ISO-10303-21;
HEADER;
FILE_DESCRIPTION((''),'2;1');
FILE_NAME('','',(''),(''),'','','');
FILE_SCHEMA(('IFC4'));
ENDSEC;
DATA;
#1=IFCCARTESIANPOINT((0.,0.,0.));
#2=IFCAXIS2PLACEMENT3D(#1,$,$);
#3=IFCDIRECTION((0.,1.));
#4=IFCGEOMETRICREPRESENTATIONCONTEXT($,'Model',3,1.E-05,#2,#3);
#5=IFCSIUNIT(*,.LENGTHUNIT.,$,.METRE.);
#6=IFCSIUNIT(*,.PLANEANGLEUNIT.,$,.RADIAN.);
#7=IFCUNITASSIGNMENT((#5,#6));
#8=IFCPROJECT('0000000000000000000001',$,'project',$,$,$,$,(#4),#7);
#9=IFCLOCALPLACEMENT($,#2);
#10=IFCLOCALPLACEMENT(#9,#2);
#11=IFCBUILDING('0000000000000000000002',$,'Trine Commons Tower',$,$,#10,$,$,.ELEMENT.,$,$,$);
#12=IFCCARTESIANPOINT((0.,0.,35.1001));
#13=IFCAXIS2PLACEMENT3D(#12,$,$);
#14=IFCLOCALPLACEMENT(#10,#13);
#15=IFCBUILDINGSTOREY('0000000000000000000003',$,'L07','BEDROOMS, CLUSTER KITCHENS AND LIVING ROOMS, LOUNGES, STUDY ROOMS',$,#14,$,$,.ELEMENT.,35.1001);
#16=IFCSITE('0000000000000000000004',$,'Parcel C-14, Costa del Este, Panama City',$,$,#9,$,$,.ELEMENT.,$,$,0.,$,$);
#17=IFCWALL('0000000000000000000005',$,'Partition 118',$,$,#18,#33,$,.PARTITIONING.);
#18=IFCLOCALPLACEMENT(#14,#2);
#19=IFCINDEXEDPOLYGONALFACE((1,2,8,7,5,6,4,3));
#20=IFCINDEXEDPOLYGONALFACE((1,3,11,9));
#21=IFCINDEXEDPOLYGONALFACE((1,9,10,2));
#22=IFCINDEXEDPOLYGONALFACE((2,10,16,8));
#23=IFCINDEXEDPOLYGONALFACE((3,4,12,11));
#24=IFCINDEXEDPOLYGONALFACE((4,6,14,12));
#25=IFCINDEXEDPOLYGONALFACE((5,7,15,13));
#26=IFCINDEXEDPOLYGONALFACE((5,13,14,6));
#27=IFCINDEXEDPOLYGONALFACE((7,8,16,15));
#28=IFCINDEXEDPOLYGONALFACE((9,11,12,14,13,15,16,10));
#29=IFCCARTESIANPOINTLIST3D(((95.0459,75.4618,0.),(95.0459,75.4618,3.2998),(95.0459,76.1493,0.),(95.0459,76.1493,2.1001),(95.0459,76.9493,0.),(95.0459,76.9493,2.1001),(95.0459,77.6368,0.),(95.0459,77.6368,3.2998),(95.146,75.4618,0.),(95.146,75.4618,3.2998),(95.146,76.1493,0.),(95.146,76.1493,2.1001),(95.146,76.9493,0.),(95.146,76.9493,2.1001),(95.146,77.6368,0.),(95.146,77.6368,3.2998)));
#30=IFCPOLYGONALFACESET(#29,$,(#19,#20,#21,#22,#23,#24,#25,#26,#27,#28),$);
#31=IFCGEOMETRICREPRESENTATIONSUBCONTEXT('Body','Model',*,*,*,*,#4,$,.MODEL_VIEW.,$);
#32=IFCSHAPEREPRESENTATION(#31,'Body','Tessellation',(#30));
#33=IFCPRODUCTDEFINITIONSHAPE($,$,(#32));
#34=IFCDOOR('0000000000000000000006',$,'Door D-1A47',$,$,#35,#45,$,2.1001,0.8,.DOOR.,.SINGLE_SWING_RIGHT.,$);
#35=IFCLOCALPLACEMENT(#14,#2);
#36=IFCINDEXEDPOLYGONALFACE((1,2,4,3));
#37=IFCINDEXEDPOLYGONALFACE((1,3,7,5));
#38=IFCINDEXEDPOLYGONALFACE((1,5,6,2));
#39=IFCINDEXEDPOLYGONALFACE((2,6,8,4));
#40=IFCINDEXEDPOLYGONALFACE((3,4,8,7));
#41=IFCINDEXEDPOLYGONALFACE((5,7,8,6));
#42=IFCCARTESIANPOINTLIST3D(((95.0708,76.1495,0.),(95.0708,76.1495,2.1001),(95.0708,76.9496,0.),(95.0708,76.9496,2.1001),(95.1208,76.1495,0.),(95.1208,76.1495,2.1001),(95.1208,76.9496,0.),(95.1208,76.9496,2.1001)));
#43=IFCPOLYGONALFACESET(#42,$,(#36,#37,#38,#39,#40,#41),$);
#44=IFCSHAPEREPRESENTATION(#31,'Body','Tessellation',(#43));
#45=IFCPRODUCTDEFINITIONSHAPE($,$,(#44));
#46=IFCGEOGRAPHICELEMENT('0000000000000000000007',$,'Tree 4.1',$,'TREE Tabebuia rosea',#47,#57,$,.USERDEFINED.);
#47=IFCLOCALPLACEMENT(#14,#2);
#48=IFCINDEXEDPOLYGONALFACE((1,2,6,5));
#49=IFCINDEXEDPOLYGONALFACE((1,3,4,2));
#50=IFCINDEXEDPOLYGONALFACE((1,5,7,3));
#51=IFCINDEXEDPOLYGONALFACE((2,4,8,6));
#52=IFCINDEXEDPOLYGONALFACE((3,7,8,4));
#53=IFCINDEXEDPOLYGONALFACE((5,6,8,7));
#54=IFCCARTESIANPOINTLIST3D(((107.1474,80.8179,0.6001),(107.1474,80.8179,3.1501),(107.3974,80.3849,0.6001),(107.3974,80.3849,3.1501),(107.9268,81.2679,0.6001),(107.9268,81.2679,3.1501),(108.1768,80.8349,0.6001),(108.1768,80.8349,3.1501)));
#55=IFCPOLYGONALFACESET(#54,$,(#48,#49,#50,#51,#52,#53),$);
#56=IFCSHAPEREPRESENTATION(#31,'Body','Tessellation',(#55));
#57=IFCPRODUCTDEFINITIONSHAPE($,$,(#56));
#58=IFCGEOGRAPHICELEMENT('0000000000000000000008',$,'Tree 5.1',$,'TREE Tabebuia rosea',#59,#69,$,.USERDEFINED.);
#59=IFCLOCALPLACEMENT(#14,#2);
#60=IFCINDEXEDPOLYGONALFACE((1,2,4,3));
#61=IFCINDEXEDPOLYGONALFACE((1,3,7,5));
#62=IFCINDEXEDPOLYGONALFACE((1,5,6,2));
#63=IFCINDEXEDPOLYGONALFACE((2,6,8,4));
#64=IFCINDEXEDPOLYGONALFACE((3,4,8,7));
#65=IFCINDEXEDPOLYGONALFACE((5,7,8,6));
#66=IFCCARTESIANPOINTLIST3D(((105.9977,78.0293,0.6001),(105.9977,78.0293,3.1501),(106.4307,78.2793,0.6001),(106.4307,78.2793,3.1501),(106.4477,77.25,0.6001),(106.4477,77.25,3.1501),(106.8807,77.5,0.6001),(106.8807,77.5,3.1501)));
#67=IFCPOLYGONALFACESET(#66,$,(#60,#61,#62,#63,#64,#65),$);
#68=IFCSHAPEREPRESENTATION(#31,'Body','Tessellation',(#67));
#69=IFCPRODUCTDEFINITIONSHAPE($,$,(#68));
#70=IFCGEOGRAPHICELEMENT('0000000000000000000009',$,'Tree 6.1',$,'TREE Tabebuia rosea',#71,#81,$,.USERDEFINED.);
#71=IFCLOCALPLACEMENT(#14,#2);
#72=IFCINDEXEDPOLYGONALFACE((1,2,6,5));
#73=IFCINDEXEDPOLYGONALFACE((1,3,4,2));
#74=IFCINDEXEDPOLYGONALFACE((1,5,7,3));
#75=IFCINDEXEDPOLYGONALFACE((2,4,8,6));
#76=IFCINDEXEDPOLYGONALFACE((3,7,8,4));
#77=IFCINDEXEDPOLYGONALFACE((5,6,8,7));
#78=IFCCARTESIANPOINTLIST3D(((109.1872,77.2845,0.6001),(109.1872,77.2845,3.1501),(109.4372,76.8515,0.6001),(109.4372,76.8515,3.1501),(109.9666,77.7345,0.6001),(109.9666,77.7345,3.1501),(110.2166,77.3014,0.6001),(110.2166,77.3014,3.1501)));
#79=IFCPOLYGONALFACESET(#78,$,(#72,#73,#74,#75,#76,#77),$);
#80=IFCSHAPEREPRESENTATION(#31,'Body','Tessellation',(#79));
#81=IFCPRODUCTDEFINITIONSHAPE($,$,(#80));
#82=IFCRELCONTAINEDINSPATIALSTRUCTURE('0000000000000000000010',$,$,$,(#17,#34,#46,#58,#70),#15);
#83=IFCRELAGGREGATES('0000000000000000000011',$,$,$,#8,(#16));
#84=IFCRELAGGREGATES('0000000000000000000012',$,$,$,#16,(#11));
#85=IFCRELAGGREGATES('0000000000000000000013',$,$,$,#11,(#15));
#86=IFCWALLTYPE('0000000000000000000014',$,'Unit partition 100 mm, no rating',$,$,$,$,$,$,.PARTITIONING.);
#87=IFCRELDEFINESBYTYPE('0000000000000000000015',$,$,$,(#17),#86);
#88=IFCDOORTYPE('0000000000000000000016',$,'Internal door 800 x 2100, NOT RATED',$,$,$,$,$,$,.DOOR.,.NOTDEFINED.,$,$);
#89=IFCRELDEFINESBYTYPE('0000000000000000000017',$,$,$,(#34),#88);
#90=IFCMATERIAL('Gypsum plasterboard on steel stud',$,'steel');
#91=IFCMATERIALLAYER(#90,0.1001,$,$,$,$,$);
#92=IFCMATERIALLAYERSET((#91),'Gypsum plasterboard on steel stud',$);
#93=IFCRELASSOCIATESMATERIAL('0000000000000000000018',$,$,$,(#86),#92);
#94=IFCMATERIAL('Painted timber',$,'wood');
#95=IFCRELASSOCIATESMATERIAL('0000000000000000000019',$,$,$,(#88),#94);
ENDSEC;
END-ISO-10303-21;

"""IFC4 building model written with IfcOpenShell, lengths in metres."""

from ifc_helpers import new_model, si_unit, direction, frame, frame_2d, origin, origin_2d, place, context, subcontext, project, spatial, rectangle, extrude, material, layer, layer_set, type_object, element, fill, save


model = new_model("IFC4")

# Units and contexts
model_context = context("Model", 3, precision=1e-05, world=origin(), true_north=direction((0.0, 1.0)))
body_context = subcontext(model_context, "Body", "Model", "MODEL_VIEW")
ifc_project = project(units=[si_unit("LENGTHUNIT", "METRE"), si_unit("PLANEANGLEUNIT", "RADIAN")], contexts=[model_context])

# Site, building, storey
site_placement = place(None, origin())
site = spatial("IfcSite", under=ifc_project, at=site_placement, Name="Parcel C-14, Costa del Este, Panama City", CompositionType="ELEMENT", RefElevation=0.0)
building_placement = place(site_placement, origin())
building = spatial("IfcBuilding", under=site, at=building_placement, Name="Trine Commons Tower", CompositionType="ELEMENT")
storey_placement = place(building_placement, frame((0.0, 0.0, 35.1001)))
storey = spatial("IfcBuildingStorey", under=building, at=storey_placement, Name="L07", Description="BEDROOMS, CLUSTER KITCHENS AND LIVING ROOMS, LOUNGES, STUDY ROOMS", CompositionType="ELEMENT", Elevation=35.1001)

# Shared definitions
ifc_material_1 = material(Name="Gypsum plasterboard on steel stud", Category="steel")

# Shared definitions
ifc_material_2 = material(Name="Painted timber", Category="wood")

# Shared definitions
ifc_layer_1 = layer(ifc_material_1, 0.1001)
ifc_layer_set_1 = layer_set([ifc_layer_1], Name="Gypsum plasterboard on steel stud")
wall_type_1 = type_object("IfcWallType", Name="Unit partition 100 mm, no rating", PredefinedType="PARTITIONING", material=ifc_layer_set_1)

# Wall, opening, door
wall_1_placement = place(storey_placement, frame((95.0959, 75.4619, 0.0), z_axis=(0.0, 0.0, 1.0), x_axis=(0.0, 1.0, 0.0)))
wall_1 = element("IfcWall", 1, at=wall_1_placement, inside=storey, type_object=wall_type_1, Name="Partition 118", PredefinedType="PARTITIONING", context=body_context, shape_type="SweptSolid", body=[
    extrude(rectangle(XDim=2.175, YDim=0.1001, at=frame_2d((1.0874, 0.0))), origin(), (0.0, 0.0, 1.0), 3.2998),
])
opening_1_placement = place(wall_1_placement, frame((0.6875, 0.0, 0.0)))
opening_1 = element("IfcOpeningElement", 2, at=opening_1_placement, cuts=wall_1, PredefinedType="OPENING", context=body_context, shape_type="SweptSolid", body=[
    extrude(rectangle(XDim=0.8, YDim=2.1001, at=frame_2d((0.3999, 1.05))), frame((0.0, 0.0601, 0.0), z_axis=(0.0, -1.0, 0.0), x_axis=(1.0, 0.0, 0.0)), (0.0, 0.0, 1.0), 0.1201),
])
door_type_1 = type_object("IfcDoorType", Name="Internal door 800 x 2100, NOT RATED", OperationType="NOTDEFINED", PredefinedType="DOOR", material=ifc_material_2)
door_1_placement = place(opening_1_placement, frame((0.8, 0.0, 0.0), z_axis=(0.0, 0.0, 1.0), x_axis=(-1.0, 0.0, 0.0)))
door_1 = element("IfcDoor", 3, at=door_1_placement, inside=storey, type_object=door_type_1, Name="Door D-1A47", OperationType="SINGLE_SWING_RIGHT", OverallHeight=2.1001, OverallWidth=0.8, PredefinedType="DOOR", context=body_context, shape_type="SweptSolid", body=[
    extrude(rectangle(XDim=0.8, YDim=2.1001, at=frame_2d((0.3999, 1.05))), frame((0.0, 0.0249, 0.0), z_axis=(0.0, -1.0, 0.0), x_axis=(1.0, 0.0, 0.0)), (0.0, 0.0, 1.0), 0.05),
])
fill(opening_1, door_1)

# Geographic elements
for number, where, z_axis, x_axis, name in (
    (4, (107.6621, 80.8264, 0.6001), (0.0, 0.0, 1.0), (-0.866026, -0.499998, 0.0), "Tree 4.1"),
    (5, (106.4392, 77.7646, 0.6001), (0.0, 0.0, 1.0), (0.500011, -0.866019, 0.0), "Tree 5.1"),
    (6, (109.7019, 77.293, 0.6001), (0.0, 0.0, 1.0), (0.866026, 0.499998, 0.0), "Tree 6.1"),
):
    element("IfcGeographicElement", number, at=place(storey_placement, frame(where, z_axis=z_axis, x_axis=x_axis)), inside=storey, Name=name, ObjectType="TREE Tabebuia rosea", PredefinedType="USERDEFINED", context=body_context, shape_type="SweptSolid", body=[
        extrude(rectangle(XDim=0.8999, YDim=0.5, at=origin_2d()), origin(), (0.0, 0.0, 1.0), 2.55),
    ])

save(model, "model.ifc")
